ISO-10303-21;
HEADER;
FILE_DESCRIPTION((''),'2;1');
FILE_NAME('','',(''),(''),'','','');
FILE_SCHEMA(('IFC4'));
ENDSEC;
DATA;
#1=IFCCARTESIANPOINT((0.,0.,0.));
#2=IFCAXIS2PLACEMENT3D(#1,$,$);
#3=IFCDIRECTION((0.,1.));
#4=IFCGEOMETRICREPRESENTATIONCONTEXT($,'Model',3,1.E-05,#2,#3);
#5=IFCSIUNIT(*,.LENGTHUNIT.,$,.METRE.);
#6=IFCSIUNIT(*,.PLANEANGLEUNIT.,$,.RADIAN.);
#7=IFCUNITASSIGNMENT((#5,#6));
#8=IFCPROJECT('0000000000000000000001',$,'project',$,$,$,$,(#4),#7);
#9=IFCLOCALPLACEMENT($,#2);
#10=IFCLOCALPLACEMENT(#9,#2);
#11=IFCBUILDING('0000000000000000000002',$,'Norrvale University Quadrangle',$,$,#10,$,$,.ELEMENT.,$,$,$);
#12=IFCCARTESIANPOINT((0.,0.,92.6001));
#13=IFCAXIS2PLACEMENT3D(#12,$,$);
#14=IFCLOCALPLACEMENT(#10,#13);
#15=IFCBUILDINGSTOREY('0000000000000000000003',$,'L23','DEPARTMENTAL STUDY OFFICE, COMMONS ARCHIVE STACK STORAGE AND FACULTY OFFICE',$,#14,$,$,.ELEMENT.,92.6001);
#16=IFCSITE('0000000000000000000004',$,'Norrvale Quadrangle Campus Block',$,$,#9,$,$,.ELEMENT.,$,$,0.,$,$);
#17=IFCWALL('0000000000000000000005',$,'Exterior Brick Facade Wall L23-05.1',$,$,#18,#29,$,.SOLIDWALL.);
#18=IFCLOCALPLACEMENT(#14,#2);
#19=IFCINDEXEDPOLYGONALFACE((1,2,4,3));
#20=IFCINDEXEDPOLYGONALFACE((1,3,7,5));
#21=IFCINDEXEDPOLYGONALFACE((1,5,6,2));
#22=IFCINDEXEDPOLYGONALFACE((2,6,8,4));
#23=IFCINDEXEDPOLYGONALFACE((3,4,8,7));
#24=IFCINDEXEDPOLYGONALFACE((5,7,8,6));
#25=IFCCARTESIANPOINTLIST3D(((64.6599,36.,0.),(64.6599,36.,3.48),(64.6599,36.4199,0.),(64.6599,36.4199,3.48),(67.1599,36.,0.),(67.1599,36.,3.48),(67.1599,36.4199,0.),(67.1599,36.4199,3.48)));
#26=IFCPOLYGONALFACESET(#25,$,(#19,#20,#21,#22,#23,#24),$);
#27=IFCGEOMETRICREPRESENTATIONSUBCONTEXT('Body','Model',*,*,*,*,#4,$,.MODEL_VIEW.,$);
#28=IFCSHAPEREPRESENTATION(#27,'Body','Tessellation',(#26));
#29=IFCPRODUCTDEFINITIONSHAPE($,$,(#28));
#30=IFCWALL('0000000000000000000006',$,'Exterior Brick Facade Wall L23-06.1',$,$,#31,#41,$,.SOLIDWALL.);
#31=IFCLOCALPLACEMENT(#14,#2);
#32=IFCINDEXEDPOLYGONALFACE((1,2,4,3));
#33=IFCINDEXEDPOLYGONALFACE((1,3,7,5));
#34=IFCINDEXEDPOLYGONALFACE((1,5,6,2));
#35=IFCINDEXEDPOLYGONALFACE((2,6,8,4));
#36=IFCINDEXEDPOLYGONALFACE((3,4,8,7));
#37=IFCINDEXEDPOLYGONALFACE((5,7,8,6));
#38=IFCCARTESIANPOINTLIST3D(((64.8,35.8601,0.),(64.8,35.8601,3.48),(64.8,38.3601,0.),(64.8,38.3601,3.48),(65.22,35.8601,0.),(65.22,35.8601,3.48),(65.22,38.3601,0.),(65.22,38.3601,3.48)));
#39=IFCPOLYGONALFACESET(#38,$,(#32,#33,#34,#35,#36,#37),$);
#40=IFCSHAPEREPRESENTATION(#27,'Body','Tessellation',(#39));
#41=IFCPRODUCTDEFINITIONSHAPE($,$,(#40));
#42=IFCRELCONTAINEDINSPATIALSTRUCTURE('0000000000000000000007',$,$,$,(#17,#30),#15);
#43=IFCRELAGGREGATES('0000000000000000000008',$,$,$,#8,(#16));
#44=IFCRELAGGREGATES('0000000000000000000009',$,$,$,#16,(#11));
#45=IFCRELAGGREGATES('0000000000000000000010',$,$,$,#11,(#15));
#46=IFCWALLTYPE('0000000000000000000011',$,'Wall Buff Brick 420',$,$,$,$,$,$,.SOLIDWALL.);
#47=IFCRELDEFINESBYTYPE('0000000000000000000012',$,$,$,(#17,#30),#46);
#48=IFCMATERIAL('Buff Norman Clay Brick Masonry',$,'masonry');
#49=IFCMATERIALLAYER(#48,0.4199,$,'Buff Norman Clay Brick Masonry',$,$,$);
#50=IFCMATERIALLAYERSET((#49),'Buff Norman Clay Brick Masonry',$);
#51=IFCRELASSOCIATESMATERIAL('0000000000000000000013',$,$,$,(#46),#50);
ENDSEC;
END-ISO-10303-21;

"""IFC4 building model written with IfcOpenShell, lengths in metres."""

from ifc_helpers import new_model, si_unit, direction, frame, frame_2d, origin, place, context, subcontext, project, spatial, rectangle, extrude, material, layer, layer_set, type_object, element, save


model = new_model("IFC4")

# Units and contexts
model_context = context("Model", 3, precision=1e-05, world=origin(), true_north=direction((0.0, 1.0)))
body_context = subcontext(model_context, "Body", "Model", "MODEL_VIEW")
ifc_project = project(units=[si_unit("LENGTHUNIT", "METRE"), si_unit("PLANEANGLEUNIT", "RADIAN")], contexts=[model_context])

# Site, building, storey
site_placement = place(None, origin())
site = spatial("IfcSite", under=ifc_project, at=site_placement, Name="Norrvale Quadrangle Campus Block", CompositionType="ELEMENT", RefElevation=0.0)
building_placement = place(site_placement, origin())
building = spatial("IfcBuilding", under=site, at=building_placement, Name="Norrvale University Quadrangle", CompositionType="ELEMENT")
storey_placement = place(building_placement, frame((0.0, 0.0, 92.6001)))
storey = spatial("IfcBuildingStorey", under=building, at=storey_placement, Name="L23", Description="DEPARTMENTAL STUDY OFFICE, COMMONS ARCHIVE STACK STORAGE AND FACULTY OFFICE", CompositionType="ELEMENT", Elevation=92.6001)

# Walls
ifc_material_1 = material(Name="Buff Norman Clay Brick Masonry", Category="masonry")
ifc_layer = layer(ifc_material_1, 0.4199, Name="Buff Norman Clay Brick Masonry")
ifc_layer_set = layer_set([ifc_layer], Name="Buff Norman Clay Brick Masonry")
wall_type = type_object("IfcWallType", Name="Wall Buff Brick 420", PredefinedType="SOLIDWALL", material=ifc_layer_set)
for number, where, z_axis, x_axis, name in (
    (1, (67.1599, 36.21, 0.0), (0.0, 0.0, 1.0), (-1.0, 0.0, 0.0), "Exterior Brick Facade Wall L23-05.1"),
    (2, (65.01, 35.8601, 0.0), (0.0, 0.0, 1.0), (0.0, 1.0, 0.0), "Exterior Brick Facade Wall L23-06.1"),
):
    element("IfcWall", number, at=place(storey_placement, frame(where, z_axis=z_axis, x_axis=x_axis)), inside=storey, type_object=wall_type, Name=name, PredefinedType="SOLIDWALL", context=body_context, shape_type="SweptSolid", body=[
        extrude(rectangle(XDim=2.5, YDim=0.4199, at=frame_2d((1.25, 0.0))), origin(), (0.0, 0.0, 1.0), 3.48),
    ])

save(model, "model.ifc")
